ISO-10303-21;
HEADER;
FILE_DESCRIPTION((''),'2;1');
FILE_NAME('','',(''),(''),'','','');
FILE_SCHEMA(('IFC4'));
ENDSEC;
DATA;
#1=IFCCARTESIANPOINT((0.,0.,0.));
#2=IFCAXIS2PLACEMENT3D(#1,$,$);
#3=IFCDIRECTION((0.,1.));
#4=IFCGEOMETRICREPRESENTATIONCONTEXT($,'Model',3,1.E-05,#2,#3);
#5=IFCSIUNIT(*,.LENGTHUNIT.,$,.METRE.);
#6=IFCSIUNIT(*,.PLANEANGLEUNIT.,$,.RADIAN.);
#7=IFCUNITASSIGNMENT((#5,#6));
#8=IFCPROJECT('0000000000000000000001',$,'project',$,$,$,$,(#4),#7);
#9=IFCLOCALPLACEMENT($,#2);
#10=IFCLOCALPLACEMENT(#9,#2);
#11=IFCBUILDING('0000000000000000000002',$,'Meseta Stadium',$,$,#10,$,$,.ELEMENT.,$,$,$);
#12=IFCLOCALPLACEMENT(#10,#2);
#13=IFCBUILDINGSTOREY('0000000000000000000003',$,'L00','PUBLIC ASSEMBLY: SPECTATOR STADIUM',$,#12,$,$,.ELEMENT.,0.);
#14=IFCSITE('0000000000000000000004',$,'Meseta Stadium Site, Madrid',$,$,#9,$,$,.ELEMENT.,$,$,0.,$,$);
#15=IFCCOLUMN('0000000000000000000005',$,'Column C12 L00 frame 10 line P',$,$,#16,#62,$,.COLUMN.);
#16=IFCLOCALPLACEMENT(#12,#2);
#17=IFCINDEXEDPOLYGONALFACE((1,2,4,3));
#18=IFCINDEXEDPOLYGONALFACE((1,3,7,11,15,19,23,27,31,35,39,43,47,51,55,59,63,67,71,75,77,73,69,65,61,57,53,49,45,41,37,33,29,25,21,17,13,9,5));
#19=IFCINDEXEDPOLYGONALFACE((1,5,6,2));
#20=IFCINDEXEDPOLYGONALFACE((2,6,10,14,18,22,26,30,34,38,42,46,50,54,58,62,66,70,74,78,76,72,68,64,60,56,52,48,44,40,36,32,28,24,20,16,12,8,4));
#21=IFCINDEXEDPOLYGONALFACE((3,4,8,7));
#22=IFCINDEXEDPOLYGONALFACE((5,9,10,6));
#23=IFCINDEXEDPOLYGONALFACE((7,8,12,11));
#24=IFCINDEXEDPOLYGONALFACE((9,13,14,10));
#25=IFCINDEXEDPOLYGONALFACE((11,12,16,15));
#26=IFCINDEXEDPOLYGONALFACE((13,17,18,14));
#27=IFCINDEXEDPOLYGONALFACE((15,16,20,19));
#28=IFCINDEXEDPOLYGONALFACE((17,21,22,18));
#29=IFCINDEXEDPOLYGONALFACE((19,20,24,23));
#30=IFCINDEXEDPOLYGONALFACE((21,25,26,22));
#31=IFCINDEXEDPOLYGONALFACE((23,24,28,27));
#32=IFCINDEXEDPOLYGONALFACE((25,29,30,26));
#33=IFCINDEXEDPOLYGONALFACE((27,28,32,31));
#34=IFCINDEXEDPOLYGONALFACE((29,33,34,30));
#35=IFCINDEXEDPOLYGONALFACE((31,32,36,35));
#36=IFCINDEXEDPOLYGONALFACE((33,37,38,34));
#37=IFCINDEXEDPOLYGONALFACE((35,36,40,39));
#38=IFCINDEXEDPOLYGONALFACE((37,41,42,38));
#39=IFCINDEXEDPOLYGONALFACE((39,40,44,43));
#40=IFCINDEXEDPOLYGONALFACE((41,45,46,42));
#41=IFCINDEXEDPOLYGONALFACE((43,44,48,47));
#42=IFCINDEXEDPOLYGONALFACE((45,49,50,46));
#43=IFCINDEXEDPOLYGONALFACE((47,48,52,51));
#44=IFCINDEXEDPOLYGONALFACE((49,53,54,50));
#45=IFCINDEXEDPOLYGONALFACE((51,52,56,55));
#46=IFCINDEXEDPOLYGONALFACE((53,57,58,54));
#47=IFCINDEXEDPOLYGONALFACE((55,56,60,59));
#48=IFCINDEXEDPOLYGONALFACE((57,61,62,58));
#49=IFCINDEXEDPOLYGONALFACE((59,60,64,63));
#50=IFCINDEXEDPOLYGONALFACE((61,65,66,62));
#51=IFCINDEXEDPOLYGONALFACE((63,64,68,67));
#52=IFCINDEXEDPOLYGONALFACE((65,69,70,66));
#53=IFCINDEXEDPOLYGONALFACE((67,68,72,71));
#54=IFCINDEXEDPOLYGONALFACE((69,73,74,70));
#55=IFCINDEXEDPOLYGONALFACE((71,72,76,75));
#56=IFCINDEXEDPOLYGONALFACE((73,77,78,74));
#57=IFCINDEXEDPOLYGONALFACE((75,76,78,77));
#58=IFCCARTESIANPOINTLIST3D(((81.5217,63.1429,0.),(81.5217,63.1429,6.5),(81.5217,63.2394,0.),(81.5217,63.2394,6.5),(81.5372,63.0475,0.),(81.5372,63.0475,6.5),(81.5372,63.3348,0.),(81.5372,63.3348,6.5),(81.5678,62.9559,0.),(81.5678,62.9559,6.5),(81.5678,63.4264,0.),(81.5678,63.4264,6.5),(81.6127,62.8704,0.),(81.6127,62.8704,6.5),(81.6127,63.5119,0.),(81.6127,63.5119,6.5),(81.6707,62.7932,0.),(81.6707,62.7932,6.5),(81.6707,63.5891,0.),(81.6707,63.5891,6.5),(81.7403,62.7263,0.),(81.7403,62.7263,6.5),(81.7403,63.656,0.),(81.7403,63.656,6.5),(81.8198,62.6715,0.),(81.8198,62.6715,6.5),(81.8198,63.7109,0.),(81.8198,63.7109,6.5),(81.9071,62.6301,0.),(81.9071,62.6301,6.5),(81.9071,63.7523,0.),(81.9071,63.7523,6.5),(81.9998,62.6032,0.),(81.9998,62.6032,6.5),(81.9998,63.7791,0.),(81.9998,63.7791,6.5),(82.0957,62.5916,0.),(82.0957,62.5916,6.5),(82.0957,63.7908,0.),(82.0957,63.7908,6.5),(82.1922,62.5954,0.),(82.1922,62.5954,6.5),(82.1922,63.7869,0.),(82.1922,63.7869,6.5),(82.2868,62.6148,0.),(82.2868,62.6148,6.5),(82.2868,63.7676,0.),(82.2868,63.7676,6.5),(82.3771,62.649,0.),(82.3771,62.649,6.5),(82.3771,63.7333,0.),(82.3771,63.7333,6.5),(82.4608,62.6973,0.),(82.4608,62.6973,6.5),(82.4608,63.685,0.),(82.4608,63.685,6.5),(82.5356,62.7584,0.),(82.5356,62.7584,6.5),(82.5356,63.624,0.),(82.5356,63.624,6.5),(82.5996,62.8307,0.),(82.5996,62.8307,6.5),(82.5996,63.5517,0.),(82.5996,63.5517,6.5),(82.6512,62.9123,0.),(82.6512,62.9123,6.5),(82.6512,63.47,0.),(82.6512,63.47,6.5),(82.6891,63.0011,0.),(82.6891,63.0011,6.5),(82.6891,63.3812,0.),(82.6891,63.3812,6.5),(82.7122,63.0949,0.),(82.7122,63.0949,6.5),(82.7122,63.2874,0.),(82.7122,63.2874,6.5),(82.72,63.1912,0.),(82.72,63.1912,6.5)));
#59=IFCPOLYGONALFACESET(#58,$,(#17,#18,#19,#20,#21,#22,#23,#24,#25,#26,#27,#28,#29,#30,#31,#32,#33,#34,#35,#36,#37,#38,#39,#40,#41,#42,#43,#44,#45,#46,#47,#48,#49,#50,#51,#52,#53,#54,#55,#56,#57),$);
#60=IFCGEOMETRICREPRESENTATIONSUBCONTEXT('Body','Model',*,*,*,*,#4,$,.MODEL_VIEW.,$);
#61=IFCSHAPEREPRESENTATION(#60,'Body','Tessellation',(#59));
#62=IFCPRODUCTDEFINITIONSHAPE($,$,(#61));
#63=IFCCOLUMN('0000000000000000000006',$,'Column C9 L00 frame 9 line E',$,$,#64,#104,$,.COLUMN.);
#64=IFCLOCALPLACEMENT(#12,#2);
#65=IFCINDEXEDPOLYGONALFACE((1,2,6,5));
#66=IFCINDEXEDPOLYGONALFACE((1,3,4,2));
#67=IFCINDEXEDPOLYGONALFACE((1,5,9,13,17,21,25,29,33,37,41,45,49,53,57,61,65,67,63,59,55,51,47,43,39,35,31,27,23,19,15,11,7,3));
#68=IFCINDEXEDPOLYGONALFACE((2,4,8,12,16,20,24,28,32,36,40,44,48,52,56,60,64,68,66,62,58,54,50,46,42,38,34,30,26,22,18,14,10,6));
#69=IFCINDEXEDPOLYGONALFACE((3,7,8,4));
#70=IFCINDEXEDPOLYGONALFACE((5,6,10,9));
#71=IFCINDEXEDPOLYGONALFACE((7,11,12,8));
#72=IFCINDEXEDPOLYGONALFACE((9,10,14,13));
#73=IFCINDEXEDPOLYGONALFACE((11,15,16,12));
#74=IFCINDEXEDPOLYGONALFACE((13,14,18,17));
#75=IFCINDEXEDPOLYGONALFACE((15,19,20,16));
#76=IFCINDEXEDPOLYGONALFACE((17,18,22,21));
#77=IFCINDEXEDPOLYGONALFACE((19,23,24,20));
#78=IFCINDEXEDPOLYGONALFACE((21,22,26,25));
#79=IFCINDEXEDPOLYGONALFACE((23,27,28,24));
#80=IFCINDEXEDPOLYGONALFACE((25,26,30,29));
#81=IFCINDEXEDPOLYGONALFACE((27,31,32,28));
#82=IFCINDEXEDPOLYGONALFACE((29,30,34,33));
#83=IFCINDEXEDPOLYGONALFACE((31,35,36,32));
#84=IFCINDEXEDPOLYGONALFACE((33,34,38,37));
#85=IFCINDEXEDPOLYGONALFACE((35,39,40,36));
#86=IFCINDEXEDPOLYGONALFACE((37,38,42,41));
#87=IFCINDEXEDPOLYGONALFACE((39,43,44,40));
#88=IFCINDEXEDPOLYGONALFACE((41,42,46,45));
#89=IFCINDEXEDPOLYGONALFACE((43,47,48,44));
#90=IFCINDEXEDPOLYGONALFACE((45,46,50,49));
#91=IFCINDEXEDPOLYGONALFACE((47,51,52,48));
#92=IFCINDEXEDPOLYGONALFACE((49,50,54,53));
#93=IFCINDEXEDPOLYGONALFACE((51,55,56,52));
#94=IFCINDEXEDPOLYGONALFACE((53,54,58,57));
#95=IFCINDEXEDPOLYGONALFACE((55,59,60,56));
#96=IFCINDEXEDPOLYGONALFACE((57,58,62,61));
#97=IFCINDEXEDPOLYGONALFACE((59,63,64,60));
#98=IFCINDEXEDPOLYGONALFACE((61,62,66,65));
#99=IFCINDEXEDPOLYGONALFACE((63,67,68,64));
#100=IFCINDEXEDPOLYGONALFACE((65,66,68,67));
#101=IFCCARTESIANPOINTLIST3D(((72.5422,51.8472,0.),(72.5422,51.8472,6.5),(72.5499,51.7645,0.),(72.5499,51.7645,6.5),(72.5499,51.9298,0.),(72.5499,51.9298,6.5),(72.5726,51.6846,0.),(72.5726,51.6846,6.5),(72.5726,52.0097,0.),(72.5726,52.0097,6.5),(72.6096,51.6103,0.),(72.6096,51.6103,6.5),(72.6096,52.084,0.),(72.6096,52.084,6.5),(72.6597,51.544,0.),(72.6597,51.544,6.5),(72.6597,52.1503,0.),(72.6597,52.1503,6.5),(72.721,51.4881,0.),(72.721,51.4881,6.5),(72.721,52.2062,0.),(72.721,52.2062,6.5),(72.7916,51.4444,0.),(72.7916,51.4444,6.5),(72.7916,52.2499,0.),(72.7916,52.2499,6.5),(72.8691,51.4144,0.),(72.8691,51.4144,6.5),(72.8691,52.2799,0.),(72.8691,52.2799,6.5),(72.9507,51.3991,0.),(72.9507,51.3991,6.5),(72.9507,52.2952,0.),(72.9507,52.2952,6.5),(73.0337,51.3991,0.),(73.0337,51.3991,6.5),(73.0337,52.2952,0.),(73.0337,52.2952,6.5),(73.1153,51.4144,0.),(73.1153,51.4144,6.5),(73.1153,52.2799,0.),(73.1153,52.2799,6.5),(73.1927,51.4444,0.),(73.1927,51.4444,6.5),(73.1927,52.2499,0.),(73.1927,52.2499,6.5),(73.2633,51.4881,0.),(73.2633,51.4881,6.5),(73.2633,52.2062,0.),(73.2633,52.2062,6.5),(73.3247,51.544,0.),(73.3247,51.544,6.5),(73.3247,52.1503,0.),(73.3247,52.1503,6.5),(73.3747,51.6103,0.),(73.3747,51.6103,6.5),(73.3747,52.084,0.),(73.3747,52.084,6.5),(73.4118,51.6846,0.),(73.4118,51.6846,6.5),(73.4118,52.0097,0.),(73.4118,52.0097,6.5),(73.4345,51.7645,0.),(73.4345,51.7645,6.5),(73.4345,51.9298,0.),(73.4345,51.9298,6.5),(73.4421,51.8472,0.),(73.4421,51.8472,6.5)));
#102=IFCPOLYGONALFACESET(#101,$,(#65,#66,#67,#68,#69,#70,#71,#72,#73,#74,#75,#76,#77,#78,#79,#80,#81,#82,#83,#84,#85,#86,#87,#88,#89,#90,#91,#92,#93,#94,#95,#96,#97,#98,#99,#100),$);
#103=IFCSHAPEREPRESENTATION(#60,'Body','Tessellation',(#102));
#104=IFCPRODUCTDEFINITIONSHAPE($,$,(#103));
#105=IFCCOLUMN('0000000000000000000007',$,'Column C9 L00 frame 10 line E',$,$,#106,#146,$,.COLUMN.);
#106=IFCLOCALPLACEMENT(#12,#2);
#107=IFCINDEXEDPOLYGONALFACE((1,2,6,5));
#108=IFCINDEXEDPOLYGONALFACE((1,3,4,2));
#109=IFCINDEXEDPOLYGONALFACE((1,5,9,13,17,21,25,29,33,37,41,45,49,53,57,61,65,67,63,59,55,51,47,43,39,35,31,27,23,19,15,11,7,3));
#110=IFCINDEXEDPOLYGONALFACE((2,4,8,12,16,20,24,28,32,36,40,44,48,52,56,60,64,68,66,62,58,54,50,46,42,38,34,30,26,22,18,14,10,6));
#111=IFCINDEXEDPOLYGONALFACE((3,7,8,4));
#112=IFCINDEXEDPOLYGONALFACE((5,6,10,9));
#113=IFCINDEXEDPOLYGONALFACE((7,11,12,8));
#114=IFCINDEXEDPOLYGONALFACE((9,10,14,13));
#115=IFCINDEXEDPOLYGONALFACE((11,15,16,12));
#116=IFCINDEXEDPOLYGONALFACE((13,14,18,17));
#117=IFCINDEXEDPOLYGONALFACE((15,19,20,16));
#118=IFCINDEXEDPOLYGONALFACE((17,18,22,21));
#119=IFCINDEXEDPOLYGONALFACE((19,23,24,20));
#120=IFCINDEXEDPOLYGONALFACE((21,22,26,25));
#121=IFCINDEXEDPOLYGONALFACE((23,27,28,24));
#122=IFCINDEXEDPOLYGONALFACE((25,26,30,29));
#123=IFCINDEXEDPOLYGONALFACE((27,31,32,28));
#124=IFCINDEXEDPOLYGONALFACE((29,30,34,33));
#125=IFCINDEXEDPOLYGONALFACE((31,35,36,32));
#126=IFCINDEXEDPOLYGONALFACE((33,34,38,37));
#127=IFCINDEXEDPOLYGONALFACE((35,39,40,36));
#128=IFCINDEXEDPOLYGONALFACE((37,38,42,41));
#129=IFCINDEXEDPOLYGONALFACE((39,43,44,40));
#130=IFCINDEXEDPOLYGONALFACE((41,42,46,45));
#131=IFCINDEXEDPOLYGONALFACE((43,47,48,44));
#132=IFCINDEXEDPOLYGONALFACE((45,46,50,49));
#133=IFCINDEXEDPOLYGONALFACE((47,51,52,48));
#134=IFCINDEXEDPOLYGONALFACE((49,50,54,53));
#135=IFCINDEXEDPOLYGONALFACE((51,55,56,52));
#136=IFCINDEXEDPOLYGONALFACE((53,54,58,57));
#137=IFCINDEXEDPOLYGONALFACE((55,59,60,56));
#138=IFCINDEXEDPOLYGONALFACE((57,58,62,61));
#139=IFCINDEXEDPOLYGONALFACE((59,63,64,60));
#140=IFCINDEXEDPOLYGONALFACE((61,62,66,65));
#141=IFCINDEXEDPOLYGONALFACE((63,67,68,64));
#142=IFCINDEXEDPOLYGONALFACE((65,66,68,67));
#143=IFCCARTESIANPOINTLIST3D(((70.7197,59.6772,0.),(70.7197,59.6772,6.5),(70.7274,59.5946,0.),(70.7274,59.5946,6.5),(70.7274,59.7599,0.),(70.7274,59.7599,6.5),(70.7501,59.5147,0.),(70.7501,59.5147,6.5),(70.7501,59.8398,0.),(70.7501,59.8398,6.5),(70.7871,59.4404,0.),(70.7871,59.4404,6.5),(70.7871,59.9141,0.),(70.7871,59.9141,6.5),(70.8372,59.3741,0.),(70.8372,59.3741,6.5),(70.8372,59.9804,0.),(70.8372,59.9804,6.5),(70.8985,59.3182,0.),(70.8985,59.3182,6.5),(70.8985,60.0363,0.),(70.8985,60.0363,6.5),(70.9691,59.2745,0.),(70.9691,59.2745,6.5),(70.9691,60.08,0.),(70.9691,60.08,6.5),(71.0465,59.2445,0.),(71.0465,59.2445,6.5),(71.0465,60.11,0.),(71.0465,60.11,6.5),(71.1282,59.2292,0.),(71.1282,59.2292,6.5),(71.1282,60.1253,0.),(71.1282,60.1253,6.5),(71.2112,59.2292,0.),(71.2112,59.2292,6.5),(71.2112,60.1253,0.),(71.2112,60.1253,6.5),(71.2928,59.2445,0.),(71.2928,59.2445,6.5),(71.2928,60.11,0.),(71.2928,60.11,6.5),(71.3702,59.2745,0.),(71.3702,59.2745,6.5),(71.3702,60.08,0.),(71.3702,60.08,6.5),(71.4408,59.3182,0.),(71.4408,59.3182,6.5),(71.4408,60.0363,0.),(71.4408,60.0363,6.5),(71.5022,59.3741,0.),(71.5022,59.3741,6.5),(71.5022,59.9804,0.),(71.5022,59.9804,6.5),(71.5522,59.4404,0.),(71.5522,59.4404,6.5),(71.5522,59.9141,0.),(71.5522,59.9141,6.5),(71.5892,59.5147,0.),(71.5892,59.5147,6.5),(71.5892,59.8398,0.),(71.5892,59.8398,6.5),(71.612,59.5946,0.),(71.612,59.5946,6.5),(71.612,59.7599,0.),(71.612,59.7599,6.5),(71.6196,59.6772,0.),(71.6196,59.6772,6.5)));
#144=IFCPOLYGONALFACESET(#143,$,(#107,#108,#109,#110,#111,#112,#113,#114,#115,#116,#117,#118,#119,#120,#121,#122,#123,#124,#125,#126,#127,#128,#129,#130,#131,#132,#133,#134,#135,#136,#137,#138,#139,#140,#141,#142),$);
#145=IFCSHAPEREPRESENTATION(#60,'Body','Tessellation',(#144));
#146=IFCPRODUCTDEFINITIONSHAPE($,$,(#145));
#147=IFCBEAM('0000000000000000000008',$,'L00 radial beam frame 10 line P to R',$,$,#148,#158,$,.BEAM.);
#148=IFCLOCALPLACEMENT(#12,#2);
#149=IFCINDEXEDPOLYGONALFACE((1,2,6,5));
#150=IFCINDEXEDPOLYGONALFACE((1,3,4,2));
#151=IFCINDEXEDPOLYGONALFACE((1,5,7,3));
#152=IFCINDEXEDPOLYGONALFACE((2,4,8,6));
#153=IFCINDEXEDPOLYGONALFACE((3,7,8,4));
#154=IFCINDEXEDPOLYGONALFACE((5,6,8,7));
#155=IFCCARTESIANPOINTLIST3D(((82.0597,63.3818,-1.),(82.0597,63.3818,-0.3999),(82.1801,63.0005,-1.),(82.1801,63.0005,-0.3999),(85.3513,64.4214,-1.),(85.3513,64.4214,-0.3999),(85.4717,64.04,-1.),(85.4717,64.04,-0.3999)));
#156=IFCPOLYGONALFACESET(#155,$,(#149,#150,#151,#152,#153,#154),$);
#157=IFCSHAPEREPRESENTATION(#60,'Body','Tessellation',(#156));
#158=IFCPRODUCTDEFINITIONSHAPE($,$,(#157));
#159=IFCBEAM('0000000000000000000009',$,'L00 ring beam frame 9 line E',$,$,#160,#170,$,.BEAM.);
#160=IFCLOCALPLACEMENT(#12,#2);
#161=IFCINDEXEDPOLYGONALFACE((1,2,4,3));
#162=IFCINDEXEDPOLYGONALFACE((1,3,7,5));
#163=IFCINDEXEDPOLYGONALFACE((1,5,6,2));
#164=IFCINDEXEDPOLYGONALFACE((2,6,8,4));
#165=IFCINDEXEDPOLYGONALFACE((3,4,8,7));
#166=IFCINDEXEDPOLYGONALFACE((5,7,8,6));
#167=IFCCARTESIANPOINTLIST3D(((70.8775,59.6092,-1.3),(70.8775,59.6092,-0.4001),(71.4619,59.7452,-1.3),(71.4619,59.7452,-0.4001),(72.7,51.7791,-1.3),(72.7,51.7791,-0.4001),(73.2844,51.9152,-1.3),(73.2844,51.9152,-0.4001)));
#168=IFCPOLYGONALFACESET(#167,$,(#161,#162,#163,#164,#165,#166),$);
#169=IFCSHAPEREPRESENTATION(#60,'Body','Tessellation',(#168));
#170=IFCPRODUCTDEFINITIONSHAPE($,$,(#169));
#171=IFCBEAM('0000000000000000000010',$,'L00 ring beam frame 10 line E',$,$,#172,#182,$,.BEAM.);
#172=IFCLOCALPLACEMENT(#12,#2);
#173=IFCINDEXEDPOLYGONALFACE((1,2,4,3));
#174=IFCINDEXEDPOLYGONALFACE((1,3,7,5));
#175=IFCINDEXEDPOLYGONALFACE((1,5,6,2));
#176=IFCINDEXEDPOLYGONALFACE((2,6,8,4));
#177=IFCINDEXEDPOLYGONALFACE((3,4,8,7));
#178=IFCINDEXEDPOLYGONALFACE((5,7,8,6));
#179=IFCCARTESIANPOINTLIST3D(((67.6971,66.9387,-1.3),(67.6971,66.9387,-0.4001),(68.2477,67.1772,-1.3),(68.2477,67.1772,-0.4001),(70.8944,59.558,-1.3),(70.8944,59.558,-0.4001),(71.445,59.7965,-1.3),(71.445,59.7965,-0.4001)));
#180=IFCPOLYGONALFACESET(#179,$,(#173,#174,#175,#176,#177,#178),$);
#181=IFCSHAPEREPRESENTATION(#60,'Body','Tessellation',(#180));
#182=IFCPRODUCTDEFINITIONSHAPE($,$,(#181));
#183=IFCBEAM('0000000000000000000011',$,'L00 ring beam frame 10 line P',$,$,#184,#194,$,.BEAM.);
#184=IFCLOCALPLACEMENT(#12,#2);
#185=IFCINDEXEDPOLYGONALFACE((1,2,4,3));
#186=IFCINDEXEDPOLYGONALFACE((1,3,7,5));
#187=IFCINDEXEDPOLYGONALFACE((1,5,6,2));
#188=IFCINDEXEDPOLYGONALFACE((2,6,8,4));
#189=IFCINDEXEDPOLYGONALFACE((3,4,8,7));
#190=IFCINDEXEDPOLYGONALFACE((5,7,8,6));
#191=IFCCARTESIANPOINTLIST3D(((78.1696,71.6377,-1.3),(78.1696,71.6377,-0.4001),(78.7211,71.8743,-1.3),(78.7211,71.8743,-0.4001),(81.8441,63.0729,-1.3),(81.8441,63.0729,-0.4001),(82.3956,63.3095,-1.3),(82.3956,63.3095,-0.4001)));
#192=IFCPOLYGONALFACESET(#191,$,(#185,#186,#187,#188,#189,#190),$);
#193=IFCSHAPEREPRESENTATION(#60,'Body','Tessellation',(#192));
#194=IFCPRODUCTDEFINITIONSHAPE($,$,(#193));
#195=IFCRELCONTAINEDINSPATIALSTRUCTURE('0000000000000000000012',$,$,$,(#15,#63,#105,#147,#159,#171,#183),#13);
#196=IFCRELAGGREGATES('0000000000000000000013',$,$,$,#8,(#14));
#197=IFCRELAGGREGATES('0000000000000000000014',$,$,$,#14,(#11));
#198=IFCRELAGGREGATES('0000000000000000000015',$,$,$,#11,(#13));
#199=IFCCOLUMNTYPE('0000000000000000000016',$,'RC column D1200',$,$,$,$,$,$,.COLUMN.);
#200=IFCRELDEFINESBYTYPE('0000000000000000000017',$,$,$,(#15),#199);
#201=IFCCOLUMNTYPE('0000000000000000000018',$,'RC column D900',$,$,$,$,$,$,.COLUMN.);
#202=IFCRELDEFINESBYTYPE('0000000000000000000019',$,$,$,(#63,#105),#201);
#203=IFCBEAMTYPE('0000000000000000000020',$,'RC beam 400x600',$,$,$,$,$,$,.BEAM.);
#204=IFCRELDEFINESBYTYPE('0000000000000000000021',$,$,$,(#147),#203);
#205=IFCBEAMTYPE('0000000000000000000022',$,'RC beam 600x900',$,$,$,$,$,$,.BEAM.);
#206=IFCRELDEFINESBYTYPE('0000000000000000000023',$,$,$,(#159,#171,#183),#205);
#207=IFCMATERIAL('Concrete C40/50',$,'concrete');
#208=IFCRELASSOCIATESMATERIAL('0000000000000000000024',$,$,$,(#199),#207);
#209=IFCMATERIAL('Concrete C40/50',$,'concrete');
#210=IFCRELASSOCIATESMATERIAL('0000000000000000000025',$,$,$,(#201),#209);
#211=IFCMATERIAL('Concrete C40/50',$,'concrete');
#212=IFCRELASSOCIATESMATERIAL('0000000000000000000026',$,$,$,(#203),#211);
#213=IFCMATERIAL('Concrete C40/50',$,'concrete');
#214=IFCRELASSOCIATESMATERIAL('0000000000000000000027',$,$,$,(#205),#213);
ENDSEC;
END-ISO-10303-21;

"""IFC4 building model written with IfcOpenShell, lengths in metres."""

from ifc_helpers import new_model, si_unit, direction, frame, origin, origin_2d, place, context, subcontext, project, spatial, rectangle, circle, extrude, material, material_profile, profile_set, type_object, element, save


model = new_model("IFC4")

# Units and contexts
model_context = context("Model", 3, precision=1e-05, world=origin(), true_north=direction((0.0, 1.0)))
body_context = subcontext(model_context, "Body", "Model", "MODEL_VIEW")
ifc_project = project(units=[si_unit("LENGTHUNIT", "METRE"), si_unit("PLANEANGLEUNIT", "RADIAN")], contexts=[model_context])

# Site, building, storey
site_placement = place(None, origin())
site = spatial("IfcSite", under=ifc_project, at=site_placement, Name="Meseta Stadium Site, Madrid", CompositionType="ELEMENT", RefElevation=0.0)
building_placement = place(site_placement, origin())
building = spatial("IfcBuilding", under=site, at=building_placement, Name="Meseta Stadium", CompositionType="ELEMENT")
storey_placement = place(building_placement, origin())
storey = spatial("IfcBuildingStorey", under=building, at=storey_placement, Name="L00", Description="PUBLIC ASSEMBLY: SPECTATOR STADIUM", CompositionType="ELEMENT", Elevation=0.0)

# Columns
ifc_material_1 = material(Name="Concrete C40/50", Category="concrete")
ifc_material_profile_1 = material_profile(ifc_material_1, circle(Radius=0.6001, at=origin_2d()), Name="RC D1200")
ifc_profile_set_1 = profile_set([ifc_material_profile_1], Name="Concrete C40/50")
column_type_1 = type_object("IfcColumnType", Name="RC column D1200", PredefinedType="COLUMN", material=ifc_profile_set_1)
column_placement = place(storey_placement, frame((82.1199, 63.1912, 0.0), z_axis=(0.0, 0.0, 1.0), x_axis=(1.0, 0.0, 0.0)))
element("IfcColumn", 1, at=column_placement, inside=storey, type_object=column_type_1, Name="Column C12 L00 frame 10 line P", PredefinedType="COLUMN", context=body_context, shape_type="SweptSolid", body=[
    extrude(circle(Radius=0.6001, at=origin_2d()), origin(), (0.0, 0.0, 1.0), 6.5),
])
ifc_material_2 = material(Name="Concrete C40/50", Category="concrete")
ifc_material_profile_2 = material_profile(ifc_material_2, circle(Radius=0.45, at=origin_2d()), Name="RC D900")
ifc_profile_set_2 = profile_set([ifc_material_profile_2], Name="Concrete C40/50")
column_type_2 = type_object("IfcColumnType", Name="RC column D900", PredefinedType="COLUMN", material=ifc_profile_set_2)
for number, where, z_axis, x_axis, name in (
    (2, (72.9922, 51.8472, 0.0), (0.0, 0.0, 1.0), (1.0, 0.0, 0.0), "Column C9 L00 frame 9 line E"),
    (3, (71.1697, 59.6772, 0.0), (0.0, 0.0, 1.0), (1.0, 0.0, 0.0), "Column C9 L00 frame 10 line E"),
):
    element("IfcColumn", number, at=place(storey_placement, frame(where, z_axis=z_axis, x_axis=x_axis)), inside=storey, type_object=column_type_2, Name=name, PredefinedType="COLUMN", context=body_context, shape_type="SweptSolid", body=[
        extrude(circle(Radius=0.45, at=origin_2d()), origin(), (0.0, 0.0, 1.0), 6.5),
    ])

# Beams
ifc_material_3 = material(Name="Concrete C40/50", Category="concrete")
ifc_material_profile_3 = material_profile(ifc_material_3, rectangle(XDim=0.3999, YDim=0.6001, at=origin_2d()), Name="RC 400x600")
ifc_profile_set_3 = profile_set([ifc_material_profile_3], Name="Concrete C40/50")
beam_type_1 = type_object("IfcBeamType", Name="RC beam 400x600", PredefinedType="BEAM", material=ifc_profile_set_3)
beam_1_placement = place(storey_placement, frame((82.1199, 63.1912, -0.7), z_axis=(0.953578, 0.301145, 0.0), x_axis=(-0.301145, 0.953578, 0.0)))
element("IfcBeam", 4, at=beam_1_placement, inside=storey, type_object=beam_type_1, Name="L00 radial beam frame 10 line P to R", PredefinedType="BEAM", context=body_context, shape_type="SweptSolid", body=[
    extrude(rectangle(XDim=0.3999, YDim=0.6001, at=origin_2d()), origin(), (0.0, 0.0, 1.0), 3.4519),
])
ifc_material_4 = material(Name="Concrete C40/50", Category="concrete")
ifc_material_profile_4 = material_profile(ifc_material_4, rectangle(XDim=0.6001, YDim=0.8999, at=origin_2d()), Name="RC 600x900")
ifc_profile_set_4 = profile_set([ifc_material_profile_4], Name="Concrete C40/50")
beam_type_2 = type_object("IfcBeamType", Name="RC beam 600x900", PredefinedType="BEAM", material=ifc_profile_set_4)
beam_2_placement = place(storey_placement, frame((72.9922, 51.8472, -0.8501), z_axis=(-0.226698, 0.973965, 0.0), x_axis=(-0.973965, -0.226698, 0.0)))
element("IfcBeam", 5, at=beam_2_placement, inside=storey, type_object=beam_type_2, Name="L00 ring beam frame 9 line E", PredefinedType="BEAM", context=body_context, shape_type="SweptSolid", body=[
    extrude(rectangle(XDim=0.6001, YDim=0.8999, at=origin_2d()), origin(), (0.0, 0.0, 1.0), 8.0393),
])
beam_3_placement = place(storey_placement, frame((71.1697, 59.6772, -0.8501), z_axis=(-0.397503, 0.917601, 0.0), x_axis=(-0.917601, -0.397503, 0.0)))
element("IfcBeam", 6, at=beam_3_placement, inside=storey, type_object=beam_type_2, Name="L00 ring beam frame 10 line E", PredefinedType="BEAM", context=body_context, shape_type="SweptSolid", body=[
    extrude(rectangle(XDim=0.6001, YDim=0.8999, at=origin_2d()), origin(), (0.0, 0.0, 1.0), 8.0435),
])
beam_4_placement = place(storey_placement, frame((82.1199, 63.1912, -0.8501), z_axis=(-0.39427, 0.918995, 0.0), x_axis=(-0.918995, -0.39427, 0.0)))
element("IfcBeam", 7, at=beam_4_placement, inside=storey, type_object=beam_type_2, Name="L00 ring beam frame 10 line P", PredefinedType="BEAM", context=body_context, shape_type="SweptSolid", body=[
    extrude(rectangle(XDim=0.6001, YDim=0.8999, at=origin_2d()), origin(), (0.0, 0.0, 1.0), 9.3198),
])

save(model, "model.ifc")
